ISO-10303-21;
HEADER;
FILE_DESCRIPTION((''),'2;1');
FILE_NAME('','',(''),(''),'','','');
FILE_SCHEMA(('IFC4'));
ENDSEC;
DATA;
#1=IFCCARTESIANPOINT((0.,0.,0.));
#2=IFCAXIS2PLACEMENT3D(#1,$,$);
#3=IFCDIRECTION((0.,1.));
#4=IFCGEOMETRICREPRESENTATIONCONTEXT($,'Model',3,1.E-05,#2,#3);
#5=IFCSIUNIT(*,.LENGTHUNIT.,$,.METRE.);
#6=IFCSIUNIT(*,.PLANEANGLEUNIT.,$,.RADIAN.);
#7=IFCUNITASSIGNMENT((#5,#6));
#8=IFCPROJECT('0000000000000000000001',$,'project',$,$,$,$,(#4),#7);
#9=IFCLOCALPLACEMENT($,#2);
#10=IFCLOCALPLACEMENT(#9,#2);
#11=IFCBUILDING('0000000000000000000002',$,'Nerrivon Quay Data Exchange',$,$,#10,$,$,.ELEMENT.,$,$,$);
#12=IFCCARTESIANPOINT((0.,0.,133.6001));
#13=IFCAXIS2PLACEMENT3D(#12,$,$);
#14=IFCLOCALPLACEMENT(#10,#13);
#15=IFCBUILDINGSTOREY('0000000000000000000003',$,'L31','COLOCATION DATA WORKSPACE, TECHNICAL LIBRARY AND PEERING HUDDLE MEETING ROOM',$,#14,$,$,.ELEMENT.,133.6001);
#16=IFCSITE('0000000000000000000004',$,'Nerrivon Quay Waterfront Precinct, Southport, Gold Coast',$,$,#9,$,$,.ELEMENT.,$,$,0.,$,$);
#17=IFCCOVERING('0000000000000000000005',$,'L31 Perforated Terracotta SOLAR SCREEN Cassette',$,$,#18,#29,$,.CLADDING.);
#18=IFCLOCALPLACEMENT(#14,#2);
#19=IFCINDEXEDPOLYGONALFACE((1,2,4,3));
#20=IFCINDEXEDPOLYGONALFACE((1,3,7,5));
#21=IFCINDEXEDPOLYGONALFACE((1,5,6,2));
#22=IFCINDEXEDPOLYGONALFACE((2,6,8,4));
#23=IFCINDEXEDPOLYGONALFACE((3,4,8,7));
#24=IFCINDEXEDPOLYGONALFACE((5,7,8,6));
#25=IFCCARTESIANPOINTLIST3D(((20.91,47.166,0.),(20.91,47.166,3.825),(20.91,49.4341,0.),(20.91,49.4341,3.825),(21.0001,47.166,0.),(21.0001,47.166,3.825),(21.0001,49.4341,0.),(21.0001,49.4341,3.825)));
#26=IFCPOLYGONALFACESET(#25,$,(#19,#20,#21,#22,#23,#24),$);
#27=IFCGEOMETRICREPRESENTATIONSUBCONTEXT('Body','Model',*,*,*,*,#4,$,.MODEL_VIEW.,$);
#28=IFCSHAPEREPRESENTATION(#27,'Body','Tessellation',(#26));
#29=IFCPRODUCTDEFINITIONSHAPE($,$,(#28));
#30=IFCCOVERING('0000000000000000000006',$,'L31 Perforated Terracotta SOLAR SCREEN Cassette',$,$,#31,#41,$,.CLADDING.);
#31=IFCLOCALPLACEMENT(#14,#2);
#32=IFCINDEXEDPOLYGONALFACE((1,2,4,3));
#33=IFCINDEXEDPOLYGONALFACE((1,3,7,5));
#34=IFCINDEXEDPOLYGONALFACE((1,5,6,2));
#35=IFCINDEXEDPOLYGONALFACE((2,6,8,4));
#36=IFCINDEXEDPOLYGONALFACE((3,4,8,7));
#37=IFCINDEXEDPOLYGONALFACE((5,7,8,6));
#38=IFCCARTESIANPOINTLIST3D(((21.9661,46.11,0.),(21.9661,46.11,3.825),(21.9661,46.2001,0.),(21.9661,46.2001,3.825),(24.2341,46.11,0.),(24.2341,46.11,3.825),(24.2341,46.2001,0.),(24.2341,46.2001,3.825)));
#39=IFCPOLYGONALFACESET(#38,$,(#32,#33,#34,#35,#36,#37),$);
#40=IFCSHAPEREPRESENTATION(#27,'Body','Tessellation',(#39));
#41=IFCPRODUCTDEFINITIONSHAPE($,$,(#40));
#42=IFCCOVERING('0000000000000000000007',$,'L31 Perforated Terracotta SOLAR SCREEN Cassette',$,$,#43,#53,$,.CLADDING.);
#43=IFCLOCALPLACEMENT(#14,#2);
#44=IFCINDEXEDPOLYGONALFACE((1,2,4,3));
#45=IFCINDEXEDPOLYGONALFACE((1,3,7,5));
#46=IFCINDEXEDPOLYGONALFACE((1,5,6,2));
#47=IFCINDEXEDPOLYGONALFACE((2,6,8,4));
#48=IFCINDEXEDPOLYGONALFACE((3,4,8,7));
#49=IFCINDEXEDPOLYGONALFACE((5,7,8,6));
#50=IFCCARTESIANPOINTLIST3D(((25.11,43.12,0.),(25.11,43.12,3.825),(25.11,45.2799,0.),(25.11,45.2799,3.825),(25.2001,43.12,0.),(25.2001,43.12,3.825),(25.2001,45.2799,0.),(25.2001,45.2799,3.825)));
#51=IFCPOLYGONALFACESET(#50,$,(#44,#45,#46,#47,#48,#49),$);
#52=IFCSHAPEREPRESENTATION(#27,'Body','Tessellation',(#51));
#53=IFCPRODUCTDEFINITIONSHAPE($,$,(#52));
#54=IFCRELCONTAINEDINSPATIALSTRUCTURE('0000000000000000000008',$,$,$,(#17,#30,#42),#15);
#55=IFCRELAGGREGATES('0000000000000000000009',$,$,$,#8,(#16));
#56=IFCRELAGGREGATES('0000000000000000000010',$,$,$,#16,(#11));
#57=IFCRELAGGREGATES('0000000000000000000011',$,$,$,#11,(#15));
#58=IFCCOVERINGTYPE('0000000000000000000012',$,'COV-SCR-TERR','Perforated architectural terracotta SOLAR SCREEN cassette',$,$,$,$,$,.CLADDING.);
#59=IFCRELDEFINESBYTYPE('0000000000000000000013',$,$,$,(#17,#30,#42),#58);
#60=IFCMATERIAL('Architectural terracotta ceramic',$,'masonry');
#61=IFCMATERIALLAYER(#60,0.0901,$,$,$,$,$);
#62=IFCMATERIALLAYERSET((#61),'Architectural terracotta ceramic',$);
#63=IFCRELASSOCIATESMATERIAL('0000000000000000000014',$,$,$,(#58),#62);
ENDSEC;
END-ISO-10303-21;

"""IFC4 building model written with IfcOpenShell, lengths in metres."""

from ifc_helpers import new_model, si_unit, direction, frame, origin, origin_2d, place, context, subcontext, project, spatial, rectangle, extrude, material, layer, layer_set, type_object, element, save


model = new_model("IFC4")

# Units and contexts
model_context = context("Model", 3, precision=1e-05, world=origin(), true_north=direction((0.0, 1.0)))
body_context = subcontext(model_context, "Body", "Model", "MODEL_VIEW")
ifc_project = project(units=[si_unit("LENGTHUNIT", "METRE"), si_unit("PLANEANGLEUNIT", "RADIAN")], contexts=[model_context])

# Site, building, storey
site_placement = place(None, origin())
site = spatial("IfcSite", under=ifc_project, at=site_placement, Name="Nerrivon Quay Waterfront Precinct, Southport, Gold Coast", CompositionType="ELEMENT", RefElevation=0.0)
building_placement = place(site_placement, origin())
building = spatial("IfcBuilding", under=site, at=building_placement, Name="Nerrivon Quay Data Exchange", CompositionType="ELEMENT")
storey_placement = place(building_placement, frame((0.0, 0.0, 133.6001)))
storey = spatial("IfcBuildingStorey", under=building, at=storey_placement, Name="L31", Description="COLOCATION DATA WORKSPACE, TECHNICAL LIBRARY AND PEERING HUDDLE MEETING ROOM", CompositionType="ELEMENT", Elevation=133.6001)

# Coverings
ifc_material_1 = material(Name="Architectural terracotta ceramic", Category="masonry")
ifc_layer_1 = layer(ifc_material_1, 0.0901)
ifc_layer_set_1 = layer_set([ifc_layer_1], Name="Architectural terracotta ceramic")
covering_type = type_object("IfcCoveringType", Name="COV-SCR-TERR", Description="Perforated architectural terracotta SOLAR SCREEN cassette", PredefinedType="CLADDING", material=ifc_layer_set_1)
for number, where, z_axis, x_axis, name in (
    (1, (20.9551, 48.3, 0.0), (0.0, 0.0, 1.0), (0.0, -1.0, 0.0), "L31 Perforated Terracotta SOLAR SCREEN Cassette"),
    (2, (23.1001, 46.155, 0.0), (0.0, 0.0, 1.0), (1.0, 0.0, 0.0), "L31 Perforated Terracotta SOLAR SCREEN Cassette"),
):
    element("IfcCovering", number, at=place(storey_placement, frame(where, z_axis=z_axis, x_axis=x_axis)), inside=storey, type_object=covering_type, Name=name, PredefinedType="CLADDING", context=body_context, shape_type="SweptSolid", body=[
        extrude(rectangle(XDim=2.2681, YDim=0.0901, at=origin_2d()), origin(), (0.0, 0.0, 1.0), 3.825),
    ])
covering_1_placement = place(storey_placement, frame((25.155, 44.2, 0.0), z_axis=(0.0, 0.0, 1.0), x_axis=(0.0, -1.0, 0.0)))
element("IfcCovering", 3, at=covering_1_placement, inside=storey, type_object=covering_type, Name="L31 Perforated Terracotta SOLAR SCREEN Cassette", PredefinedType="CLADDING", context=body_context, shape_type="SweptSolid", body=[
    extrude(rectangle(XDim=2.1599, YDim=0.0901, at=origin_2d()), origin(), (0.0, 0.0, 1.0), 3.825),
])

save(model, "model.ifc")
